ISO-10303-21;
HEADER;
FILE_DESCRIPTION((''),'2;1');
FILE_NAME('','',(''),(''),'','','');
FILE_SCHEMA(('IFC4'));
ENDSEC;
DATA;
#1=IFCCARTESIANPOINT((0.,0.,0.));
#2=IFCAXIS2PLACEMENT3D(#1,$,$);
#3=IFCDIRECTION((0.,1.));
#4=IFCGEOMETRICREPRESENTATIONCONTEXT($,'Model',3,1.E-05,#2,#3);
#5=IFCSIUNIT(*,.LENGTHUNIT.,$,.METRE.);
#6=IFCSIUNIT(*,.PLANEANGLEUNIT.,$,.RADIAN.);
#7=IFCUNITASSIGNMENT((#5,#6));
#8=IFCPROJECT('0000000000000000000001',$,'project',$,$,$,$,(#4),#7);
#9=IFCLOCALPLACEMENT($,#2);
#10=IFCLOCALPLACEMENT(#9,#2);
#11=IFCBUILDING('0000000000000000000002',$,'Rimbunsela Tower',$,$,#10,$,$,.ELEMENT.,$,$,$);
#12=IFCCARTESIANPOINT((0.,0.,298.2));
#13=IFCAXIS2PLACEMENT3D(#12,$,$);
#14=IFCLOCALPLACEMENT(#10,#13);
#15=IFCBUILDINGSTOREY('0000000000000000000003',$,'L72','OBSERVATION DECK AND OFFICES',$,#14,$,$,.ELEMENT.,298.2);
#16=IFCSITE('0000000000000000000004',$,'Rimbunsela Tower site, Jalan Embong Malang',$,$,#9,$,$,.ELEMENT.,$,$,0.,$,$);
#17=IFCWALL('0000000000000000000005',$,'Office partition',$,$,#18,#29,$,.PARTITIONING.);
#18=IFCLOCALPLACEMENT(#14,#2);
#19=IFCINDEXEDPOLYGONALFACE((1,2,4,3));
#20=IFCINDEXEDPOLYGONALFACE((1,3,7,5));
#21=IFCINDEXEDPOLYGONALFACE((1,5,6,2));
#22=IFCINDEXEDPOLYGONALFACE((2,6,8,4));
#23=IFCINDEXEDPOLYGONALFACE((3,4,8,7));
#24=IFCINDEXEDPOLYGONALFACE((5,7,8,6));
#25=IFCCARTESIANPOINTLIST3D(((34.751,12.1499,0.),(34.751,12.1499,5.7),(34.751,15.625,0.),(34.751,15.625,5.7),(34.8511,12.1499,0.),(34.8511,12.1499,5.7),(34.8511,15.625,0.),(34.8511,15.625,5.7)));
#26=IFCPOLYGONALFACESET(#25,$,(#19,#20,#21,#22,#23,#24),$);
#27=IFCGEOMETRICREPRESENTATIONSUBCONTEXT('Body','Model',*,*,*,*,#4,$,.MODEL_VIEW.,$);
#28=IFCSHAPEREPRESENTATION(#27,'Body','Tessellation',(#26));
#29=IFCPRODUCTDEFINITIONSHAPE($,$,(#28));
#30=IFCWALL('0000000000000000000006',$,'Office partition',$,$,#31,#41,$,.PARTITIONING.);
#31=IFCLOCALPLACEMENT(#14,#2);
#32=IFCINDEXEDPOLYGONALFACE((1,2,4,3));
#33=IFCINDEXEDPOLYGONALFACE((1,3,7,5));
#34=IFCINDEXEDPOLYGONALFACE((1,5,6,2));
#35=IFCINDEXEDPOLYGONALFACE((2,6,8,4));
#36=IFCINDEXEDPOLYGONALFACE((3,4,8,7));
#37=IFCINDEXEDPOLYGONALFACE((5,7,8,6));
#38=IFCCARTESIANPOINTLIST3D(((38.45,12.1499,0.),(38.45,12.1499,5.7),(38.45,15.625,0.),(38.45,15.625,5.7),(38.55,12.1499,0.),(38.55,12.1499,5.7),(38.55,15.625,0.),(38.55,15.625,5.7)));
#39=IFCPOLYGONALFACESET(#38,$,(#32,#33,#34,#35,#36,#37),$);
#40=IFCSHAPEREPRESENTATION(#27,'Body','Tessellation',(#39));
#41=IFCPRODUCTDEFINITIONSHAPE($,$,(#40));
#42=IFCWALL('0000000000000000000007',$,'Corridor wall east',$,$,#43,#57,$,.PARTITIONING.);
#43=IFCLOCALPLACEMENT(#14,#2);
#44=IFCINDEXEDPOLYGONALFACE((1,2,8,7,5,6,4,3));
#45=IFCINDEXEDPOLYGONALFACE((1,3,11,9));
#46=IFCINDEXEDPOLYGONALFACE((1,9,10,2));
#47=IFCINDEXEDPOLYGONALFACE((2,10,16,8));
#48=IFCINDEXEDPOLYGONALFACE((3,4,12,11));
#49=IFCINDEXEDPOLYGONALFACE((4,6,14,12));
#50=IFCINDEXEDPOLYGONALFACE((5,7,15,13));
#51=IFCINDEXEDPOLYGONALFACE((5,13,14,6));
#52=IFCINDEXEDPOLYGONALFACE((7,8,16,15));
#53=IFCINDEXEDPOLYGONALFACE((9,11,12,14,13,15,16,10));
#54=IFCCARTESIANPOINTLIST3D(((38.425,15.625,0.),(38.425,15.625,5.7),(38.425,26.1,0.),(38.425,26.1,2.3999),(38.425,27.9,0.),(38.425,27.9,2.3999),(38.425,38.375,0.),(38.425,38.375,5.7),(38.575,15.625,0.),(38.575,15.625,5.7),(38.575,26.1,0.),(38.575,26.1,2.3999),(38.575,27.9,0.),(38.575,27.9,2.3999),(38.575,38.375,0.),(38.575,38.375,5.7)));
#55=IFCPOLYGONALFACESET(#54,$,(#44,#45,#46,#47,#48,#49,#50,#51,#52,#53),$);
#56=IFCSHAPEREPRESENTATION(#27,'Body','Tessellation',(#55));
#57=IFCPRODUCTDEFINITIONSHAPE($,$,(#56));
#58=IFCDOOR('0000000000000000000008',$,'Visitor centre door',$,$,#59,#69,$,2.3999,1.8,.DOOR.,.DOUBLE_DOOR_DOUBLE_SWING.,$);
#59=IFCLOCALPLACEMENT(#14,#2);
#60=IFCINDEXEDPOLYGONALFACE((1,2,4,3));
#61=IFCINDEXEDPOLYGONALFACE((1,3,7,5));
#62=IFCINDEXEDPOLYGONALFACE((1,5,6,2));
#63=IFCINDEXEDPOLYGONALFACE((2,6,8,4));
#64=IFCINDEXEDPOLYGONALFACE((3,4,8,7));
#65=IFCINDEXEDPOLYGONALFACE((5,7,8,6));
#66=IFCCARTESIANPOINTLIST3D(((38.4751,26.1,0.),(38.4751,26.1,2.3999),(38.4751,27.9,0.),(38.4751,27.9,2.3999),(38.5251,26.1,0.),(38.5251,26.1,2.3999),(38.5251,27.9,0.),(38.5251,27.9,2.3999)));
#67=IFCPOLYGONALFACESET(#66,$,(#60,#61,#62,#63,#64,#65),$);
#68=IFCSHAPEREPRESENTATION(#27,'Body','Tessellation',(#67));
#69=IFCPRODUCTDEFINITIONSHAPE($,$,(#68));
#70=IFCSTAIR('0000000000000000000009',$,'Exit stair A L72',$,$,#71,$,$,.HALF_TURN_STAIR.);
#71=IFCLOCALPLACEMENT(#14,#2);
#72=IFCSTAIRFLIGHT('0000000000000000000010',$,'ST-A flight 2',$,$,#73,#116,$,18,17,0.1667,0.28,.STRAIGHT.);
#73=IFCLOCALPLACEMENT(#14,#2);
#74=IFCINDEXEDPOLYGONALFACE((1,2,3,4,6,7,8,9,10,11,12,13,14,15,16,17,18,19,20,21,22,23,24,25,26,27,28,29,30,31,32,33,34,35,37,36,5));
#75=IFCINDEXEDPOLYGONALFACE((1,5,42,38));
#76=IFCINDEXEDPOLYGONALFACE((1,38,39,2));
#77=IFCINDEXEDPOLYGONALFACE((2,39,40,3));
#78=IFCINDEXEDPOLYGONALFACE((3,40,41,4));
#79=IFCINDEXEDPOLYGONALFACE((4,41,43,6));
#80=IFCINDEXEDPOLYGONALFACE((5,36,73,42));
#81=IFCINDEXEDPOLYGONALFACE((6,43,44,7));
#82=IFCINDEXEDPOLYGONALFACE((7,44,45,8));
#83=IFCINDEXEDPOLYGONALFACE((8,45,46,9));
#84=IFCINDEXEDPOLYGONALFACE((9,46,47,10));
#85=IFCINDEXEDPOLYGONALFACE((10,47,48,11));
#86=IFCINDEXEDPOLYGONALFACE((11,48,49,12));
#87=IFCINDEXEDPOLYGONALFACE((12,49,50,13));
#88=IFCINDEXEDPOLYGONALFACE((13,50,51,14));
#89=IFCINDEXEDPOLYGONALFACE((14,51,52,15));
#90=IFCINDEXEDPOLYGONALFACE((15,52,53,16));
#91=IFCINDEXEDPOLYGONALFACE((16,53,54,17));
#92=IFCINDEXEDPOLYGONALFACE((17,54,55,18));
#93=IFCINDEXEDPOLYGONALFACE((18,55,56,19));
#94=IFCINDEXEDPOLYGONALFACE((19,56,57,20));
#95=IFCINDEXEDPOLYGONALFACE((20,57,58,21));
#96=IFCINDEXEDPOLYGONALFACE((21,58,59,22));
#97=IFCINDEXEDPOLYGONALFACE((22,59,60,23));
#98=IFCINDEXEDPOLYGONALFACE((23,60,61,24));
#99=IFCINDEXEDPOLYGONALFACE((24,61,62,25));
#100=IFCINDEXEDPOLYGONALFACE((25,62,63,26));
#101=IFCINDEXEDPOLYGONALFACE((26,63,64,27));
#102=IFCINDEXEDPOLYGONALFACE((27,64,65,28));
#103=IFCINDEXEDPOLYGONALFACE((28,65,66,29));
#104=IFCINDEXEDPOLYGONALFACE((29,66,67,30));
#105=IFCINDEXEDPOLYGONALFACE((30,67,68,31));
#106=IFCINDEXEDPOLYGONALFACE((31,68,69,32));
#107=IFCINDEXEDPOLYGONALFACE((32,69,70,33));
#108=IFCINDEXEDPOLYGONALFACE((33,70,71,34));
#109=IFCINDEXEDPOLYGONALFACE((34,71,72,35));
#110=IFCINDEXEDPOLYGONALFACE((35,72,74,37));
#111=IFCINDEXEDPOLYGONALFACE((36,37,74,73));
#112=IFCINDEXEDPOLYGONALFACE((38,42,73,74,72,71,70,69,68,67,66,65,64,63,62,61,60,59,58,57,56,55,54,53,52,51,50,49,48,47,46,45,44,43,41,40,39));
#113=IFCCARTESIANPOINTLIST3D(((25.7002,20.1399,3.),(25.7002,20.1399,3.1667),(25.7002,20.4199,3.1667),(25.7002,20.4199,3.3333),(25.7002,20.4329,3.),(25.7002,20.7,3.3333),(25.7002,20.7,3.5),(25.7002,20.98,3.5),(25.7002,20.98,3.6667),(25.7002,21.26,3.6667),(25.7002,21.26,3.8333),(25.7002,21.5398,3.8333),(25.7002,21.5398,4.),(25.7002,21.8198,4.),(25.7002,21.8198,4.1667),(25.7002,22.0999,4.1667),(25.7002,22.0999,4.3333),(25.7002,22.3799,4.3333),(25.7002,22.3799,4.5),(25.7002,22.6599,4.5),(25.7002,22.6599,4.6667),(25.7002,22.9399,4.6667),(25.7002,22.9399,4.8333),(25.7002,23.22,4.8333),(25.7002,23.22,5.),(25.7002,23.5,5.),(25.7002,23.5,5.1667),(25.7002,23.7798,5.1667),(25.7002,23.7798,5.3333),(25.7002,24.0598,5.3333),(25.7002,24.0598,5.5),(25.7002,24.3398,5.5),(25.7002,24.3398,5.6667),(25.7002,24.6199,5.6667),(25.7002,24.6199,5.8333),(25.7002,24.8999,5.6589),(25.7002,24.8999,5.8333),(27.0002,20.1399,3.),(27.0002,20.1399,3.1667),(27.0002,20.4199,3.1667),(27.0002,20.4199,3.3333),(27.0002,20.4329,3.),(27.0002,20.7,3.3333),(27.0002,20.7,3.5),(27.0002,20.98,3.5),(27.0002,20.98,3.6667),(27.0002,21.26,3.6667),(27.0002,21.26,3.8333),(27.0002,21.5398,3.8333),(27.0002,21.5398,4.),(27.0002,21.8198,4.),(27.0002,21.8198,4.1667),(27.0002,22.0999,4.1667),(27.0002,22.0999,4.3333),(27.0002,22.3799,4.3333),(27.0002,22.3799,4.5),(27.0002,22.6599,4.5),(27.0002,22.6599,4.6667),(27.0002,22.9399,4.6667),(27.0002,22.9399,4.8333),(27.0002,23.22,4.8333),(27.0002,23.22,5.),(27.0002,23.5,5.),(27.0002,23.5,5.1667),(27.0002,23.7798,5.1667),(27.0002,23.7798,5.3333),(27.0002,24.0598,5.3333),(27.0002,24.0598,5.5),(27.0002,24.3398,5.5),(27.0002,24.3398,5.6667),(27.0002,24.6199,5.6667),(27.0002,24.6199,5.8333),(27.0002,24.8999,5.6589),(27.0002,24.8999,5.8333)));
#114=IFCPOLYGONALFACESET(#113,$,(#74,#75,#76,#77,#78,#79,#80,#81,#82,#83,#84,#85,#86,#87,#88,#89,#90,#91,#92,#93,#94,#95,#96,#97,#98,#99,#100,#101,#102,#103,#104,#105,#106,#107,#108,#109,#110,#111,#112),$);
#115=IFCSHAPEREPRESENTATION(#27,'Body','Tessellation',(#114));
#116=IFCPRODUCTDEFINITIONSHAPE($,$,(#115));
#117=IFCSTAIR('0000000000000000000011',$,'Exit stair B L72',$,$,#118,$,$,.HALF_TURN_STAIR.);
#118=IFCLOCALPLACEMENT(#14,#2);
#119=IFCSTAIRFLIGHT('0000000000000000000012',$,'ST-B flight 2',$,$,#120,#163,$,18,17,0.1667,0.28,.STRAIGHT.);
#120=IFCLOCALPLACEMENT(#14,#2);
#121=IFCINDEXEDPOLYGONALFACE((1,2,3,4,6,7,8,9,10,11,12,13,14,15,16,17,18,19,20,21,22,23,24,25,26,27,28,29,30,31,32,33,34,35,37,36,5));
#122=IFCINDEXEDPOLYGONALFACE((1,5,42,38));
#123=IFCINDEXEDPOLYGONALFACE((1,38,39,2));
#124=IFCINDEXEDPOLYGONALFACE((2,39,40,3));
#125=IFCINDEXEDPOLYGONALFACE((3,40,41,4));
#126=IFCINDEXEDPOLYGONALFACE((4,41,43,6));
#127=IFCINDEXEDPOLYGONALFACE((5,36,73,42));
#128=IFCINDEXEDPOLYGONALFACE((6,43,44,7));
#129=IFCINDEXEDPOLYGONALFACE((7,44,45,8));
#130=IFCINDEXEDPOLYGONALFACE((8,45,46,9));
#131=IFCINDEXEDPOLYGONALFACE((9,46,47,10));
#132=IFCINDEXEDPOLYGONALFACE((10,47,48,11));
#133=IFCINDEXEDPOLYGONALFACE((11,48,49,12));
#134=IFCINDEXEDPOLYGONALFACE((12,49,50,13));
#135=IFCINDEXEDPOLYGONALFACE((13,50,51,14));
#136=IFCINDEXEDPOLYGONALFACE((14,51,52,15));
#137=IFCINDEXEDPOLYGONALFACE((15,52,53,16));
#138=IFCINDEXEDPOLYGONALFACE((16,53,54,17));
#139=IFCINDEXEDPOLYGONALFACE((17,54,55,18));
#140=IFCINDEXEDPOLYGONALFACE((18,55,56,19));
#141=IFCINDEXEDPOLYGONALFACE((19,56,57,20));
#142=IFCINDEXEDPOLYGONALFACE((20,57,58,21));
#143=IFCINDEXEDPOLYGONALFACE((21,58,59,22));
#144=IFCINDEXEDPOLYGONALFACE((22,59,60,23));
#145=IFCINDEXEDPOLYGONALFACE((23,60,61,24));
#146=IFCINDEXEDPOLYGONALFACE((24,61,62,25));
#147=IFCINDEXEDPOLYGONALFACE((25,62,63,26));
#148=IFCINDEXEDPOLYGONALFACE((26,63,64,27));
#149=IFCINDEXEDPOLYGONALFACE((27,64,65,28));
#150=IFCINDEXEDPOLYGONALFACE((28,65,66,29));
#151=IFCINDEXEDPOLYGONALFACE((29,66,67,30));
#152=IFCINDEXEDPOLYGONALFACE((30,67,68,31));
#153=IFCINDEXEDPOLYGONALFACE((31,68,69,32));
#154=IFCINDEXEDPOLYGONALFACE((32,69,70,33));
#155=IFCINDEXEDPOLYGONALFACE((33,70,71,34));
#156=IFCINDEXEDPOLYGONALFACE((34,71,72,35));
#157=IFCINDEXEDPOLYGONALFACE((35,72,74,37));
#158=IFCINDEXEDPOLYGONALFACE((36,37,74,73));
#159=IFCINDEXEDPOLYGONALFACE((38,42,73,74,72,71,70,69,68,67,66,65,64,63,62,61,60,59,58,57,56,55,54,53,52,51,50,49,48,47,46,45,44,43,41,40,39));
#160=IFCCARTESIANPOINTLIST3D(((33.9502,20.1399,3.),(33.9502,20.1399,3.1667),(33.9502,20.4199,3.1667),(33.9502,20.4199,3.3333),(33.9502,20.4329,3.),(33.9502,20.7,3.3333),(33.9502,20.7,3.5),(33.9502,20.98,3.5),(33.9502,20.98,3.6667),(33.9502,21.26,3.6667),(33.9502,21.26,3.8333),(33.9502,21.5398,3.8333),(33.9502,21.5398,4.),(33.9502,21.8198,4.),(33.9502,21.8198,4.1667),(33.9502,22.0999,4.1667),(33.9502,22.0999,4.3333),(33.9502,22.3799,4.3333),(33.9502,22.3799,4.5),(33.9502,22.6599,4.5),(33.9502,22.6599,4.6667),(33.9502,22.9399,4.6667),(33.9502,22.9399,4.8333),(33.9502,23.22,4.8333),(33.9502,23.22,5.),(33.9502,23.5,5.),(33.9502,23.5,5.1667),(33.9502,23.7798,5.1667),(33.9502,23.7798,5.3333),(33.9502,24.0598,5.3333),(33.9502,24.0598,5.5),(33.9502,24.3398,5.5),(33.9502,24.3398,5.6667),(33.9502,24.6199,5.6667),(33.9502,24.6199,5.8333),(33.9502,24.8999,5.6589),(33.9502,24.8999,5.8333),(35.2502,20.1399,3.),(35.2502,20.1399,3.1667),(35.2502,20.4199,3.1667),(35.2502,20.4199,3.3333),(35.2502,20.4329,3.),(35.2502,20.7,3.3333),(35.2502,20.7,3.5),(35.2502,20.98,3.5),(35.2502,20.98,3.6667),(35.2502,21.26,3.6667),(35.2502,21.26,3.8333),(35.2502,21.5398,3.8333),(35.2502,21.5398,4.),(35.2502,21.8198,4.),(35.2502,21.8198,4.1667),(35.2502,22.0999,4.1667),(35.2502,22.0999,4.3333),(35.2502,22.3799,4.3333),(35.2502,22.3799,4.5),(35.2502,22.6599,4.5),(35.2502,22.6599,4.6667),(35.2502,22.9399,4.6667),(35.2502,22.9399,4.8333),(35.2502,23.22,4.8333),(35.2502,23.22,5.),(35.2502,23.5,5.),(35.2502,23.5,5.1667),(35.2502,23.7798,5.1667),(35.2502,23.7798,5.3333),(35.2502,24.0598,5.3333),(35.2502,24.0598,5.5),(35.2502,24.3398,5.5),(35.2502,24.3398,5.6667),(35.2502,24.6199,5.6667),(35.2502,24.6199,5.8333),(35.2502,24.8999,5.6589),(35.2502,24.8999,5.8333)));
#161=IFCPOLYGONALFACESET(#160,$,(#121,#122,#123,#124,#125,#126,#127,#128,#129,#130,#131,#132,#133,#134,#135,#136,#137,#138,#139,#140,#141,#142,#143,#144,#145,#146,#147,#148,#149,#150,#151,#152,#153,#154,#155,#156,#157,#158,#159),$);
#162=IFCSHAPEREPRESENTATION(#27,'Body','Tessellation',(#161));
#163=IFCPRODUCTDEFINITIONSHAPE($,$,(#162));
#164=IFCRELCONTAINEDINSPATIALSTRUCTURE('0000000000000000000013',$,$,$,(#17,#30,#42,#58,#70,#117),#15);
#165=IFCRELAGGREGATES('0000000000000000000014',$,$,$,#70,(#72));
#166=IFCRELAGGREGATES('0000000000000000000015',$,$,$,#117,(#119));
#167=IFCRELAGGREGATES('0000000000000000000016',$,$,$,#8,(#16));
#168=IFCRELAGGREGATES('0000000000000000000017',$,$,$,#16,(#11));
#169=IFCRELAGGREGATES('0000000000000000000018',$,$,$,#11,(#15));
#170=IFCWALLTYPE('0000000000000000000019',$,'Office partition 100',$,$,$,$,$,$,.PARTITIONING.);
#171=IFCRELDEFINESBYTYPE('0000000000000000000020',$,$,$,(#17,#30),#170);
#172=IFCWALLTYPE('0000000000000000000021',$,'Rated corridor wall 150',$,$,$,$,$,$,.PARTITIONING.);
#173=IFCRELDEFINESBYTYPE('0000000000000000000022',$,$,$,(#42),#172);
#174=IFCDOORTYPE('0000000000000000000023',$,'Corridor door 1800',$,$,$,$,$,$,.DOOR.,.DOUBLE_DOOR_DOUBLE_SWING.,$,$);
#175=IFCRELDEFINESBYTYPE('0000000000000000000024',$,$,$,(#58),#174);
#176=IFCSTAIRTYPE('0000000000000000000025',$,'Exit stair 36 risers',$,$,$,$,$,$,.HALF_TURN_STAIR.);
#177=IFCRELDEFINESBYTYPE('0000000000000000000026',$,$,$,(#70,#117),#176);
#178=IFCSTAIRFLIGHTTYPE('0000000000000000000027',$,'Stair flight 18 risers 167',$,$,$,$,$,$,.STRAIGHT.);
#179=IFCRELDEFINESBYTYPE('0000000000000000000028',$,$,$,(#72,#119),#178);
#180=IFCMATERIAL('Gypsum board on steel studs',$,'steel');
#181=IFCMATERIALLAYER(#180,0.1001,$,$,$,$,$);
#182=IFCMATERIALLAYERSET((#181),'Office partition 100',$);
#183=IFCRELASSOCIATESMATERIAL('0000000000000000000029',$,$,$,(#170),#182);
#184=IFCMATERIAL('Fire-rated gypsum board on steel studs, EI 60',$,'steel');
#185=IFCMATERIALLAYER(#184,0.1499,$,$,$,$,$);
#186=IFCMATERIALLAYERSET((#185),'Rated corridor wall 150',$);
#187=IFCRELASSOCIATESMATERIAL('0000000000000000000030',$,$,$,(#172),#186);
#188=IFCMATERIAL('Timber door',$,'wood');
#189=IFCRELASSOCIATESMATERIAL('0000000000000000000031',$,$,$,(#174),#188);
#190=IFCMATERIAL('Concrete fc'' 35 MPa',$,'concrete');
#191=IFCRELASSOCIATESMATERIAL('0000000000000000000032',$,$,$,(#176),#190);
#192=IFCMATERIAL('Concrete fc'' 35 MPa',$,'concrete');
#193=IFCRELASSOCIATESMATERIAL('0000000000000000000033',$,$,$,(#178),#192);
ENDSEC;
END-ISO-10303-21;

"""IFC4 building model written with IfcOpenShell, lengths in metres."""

from ifc_helpers import new_model, si_unit, direction, frame, frame_2d, origin, place, context, subcontext, project, spatial, polyline, rectangle, outline, extrude, material, layer, layer_set, type_object, element, fill, aggregate, save


model = new_model("IFC4")

# Units and contexts
model_context = context("Model", 3, precision=1e-05, world=origin(), true_north=direction((0.0, 1.0)))
body_context = subcontext(model_context, "Body", "Model", "MODEL_VIEW")
ifc_project = project(units=[si_unit("LENGTHUNIT", "METRE"), si_unit("PLANEANGLEUNIT", "RADIAN")], contexts=[model_context])

# Site, building, storey
site_placement = place(None, origin())
site = spatial("IfcSite", under=ifc_project, at=site_placement, Name="Rimbunsela Tower site, Jalan Embong Malang", CompositionType="ELEMENT", RefElevation=0.0)
building_placement = place(site_placement, origin())
building = spatial("IfcBuilding", under=site, at=building_placement, Name="Rimbunsela Tower", CompositionType="ELEMENT")
storey_placement = place(building_placement, frame((0.0, 0.0, 298.2)))
storey = spatial("IfcBuildingStorey", under=building, at=storey_placement, Name="L72", Description="OBSERVATION DECK AND OFFICES", CompositionType="ELEMENT", Elevation=298.2)

# Walls
ifc_material_1 = material(Name="Gypsum board on steel studs", Category="steel")
ifc_layer_1 = layer(ifc_material_1, 0.1001)
ifc_layer_set_1 = layer_set([ifc_layer_1], Name="Office partition 100")
wall_type_1 = type_object("IfcWallType", Name="Office partition 100", PredefinedType="PARTITIONING", material=ifc_layer_set_1)
for number, where, z_axis, x_axis, name in (
    (1, (34.801, 12.1499, 0.0), (0.0, 0.0, 1.0), (0.0, 1.0, 0.0), "Office partition"),
    (2, (38.5, 12.1499, 0.0), (0.0, 0.0, 1.0), (0.0, 1.0, 0.0), "Office partition"),
):
    element("IfcWall", number, at=place(storey_placement, frame(where, z_axis=z_axis, x_axis=x_axis)), inside=storey, type_object=wall_type_1, Name=name, PredefinedType="PARTITIONING", context=body_context, shape_type="SweptSolid", body=[
        extrude(rectangle(XDim=3.4751, YDim=0.1001, at=frame_2d((1.7375, 0.0))), origin(), (0.0, 0.0, 1.0), 5.7),
    ])

# Wall, opening, door
ifc_material_2 = material(Name="Fire-rated gypsum board on steel studs, EI 60", Category="steel")
ifc_layer_2 = layer(ifc_material_2, 0.1499)
ifc_layer_set_2 = layer_set([ifc_layer_2], Name="Rated corridor wall 150")
wall_type_2 = type_object("IfcWallType", Name="Rated corridor wall 150", PredefinedType="PARTITIONING", material=ifc_layer_set_2)
wall_1_placement = place(storey_placement, frame((38.5, 15.625, 0.0), z_axis=(0.0, 0.0, 1.0), x_axis=(0.0, 1.0, 0.0)))
wall_1 = element("IfcWall", 3, at=wall_1_placement, inside=storey, type_object=wall_type_2, Name="Corridor wall east", PredefinedType="PARTITIONING", context=body_context, shape_type="SweptSolid", body=[
    extrude(rectangle(XDim=22.75, YDim=0.1499, at=frame_2d((11.375, 0.0))), origin(), (0.0, 0.0, 1.0), 5.7),
])
opening_1_placement = place(wall_1_placement, frame((10.4751, 0.0, 0.0)))
opening_1 = element("IfcOpeningElement", 4, at=opening_1_placement, cuts=wall_1, PredefinedType="OPENING", context=body_context, shape_type="SweptSolid", body=[
    extrude(rectangle(XDim=1.8, YDim=2.3999, at=frame_2d((0.8999, 1.2))), frame((0.0, 0.085, 0.0), z_axis=(0.0, -1.0, 0.0), x_axis=(1.0, 0.0, 0.0)), (0.0, 0.0, 1.0), 0.1699),
])
ifc_material_3 = material(Name="Timber door", Category="wood")
door_type_1 = type_object("IfcDoorType", Name="Corridor door 1800", OperationType="DOUBLE_DOOR_DOUBLE_SWING", PredefinedType="DOOR", material=ifc_material_3)
door_1_placement = place(opening_1_placement, origin())
door_1 = element("IfcDoor", 5, at=door_1_placement, inside=storey, type_object=door_type_1, Name="Visitor centre door", OperationType="DOUBLE_DOOR_DOUBLE_SWING", OverallHeight=2.3999, OverallWidth=1.8, PredefinedType="DOOR", context=body_context, shape_type="SweptSolid", body=[
    extrude(rectangle(XDim=1.8, YDim=2.3999, at=frame_2d((0.8999, 1.2))), frame((0.0, 0.0249, 0.0), z_axis=(0.0, -1.0, 0.0), x_axis=(1.0, 0.0, 0.0)), (0.0, 0.0, 1.0), 0.05),
])
fill(opening_1, door_1)

# Stairs, stair flights
ifc_material_4 = material(Name="Concrete fc' 35 MPa", Category="concrete")
stair_type = type_object("IfcStairType", Name="Exit stair 36 risers", PredefinedType="HALF_TURN_STAIR", material=ifc_material_4)
stair_1_placement = place(storey_placement, origin())
stair_1 = element("IfcStair", 6, at=stair_1_placement, inside=storey, type_object=stair_type, Name="Exit stair A L72", PredefinedType="HALF_TURN_STAIR")
ifc_material_5 = material(Name="Concrete fc' 35 MPa", Category="concrete")
stair_flight_type = type_object("IfcStairFlightType", Name="Stair flight 18 risers 167", PredefinedType="STRAIGHT", material=ifc_material_5)
stair_flight_1_placement = place(storey_placement, frame((26.3501, 20.1399, 3.0), z_axis=(0.0, 0.0, 1.0), x_axis=(0.0, 1.0, 0.0)))
stair_flight_1 = element("IfcStairFlight", 7, at=stair_flight_1_placement, type_object=stair_flight_type, Name="ST-A flight 2", NumberOfRisers=18, NumberOfTreads=17, PredefinedType="STRAIGHT", RiserHeight=0.1667, TreadLength=0.28, context=body_context, shape_type="SweptSolid", body=[
    extrude(outline(polyline([(0.0, 0.0), (0.0, 0.1667), (0.28, 0.1667), (0.28, 0.3333), (0.5601, 0.3333), (0.5601, 0.5), (0.8401, 0.5), (0.8401, 0.6667), (1.1201, 0.6667), (1.1201, 0.8333), (1.3999, 0.8333), (1.3999, 1.0), (1.6799, 1.0), (1.6799, 1.1667), (1.96, 1.1667), (1.96, 1.3333), (2.24, 1.3333), (2.24, 1.5), (2.52, 1.5), (2.52, 1.6667), (2.8, 1.6667), (2.8, 1.8333), (3.0801, 1.8333), (3.0801, 2.0), (3.3601, 2.0), (3.3601, 2.1667), (3.6399, 2.1667), (3.6399, 2.3333), (3.9199, 2.3333), (3.9199, 2.5), (4.2, 2.5), (4.2, 2.6667), (4.48, 2.6667), (4.48, 2.8333), (4.76, 2.8333), (4.76, 3.0), (4.76, 2.6589), (0.293, 0.0), (0.0, 0.0)])), frame((0.0, 0.6499, 0.0), z_axis=(0.0, -1.0, 0.0), x_axis=(1.0, 0.0, 0.0)), (0.0, 0.0, 1.0), 1.3),
])
aggregate(stair_1, [stair_flight_1])
stair_2_placement = place(storey_placement, origin())
stair_2 = element("IfcStair", 8, at=stair_2_placement, inside=storey, type_object=stair_type, Name="Exit stair B L72", PredefinedType="HALF_TURN_STAIR")
stair_flight_2_placement = place(storey_placement, frame((34.6001, 20.1399, 3.0), z_axis=(0.0, 0.0, 1.0), x_axis=(0.0, 1.0, 0.0)))
stair_flight_2 = element("IfcStairFlight", 9, at=stair_flight_2_placement, type_object=stair_flight_type, Name="ST-B flight 2", NumberOfRisers=18, NumberOfTreads=17, PredefinedType="STRAIGHT", RiserHeight=0.1667, TreadLength=0.28, context=body_context, shape_type="SweptSolid", body=[
    extrude(outline(polyline([(0.0, 0.0), (0.0, 0.1667), (0.28, 0.1667), (0.28, 0.3333), (0.5601, 0.3333), (0.5601, 0.5), (0.8401, 0.5), (0.8401, 0.6667), (1.1201, 0.6667), (1.1201, 0.8333), (1.3999, 0.8333), (1.3999, 1.0), (1.6799, 1.0), (1.6799, 1.1667), (1.96, 1.1667), (1.96, 1.3333), (2.24, 1.3333), (2.24, 1.5), (2.52, 1.5), (2.52, 1.6667), (2.8, 1.6667), (2.8, 1.8333), (3.0801, 1.8333), (3.0801, 2.0), (3.3601, 2.0), (3.3601, 2.1667), (3.6399, 2.1667), (3.6399, 2.3333), (3.9199, 2.3333), (3.9199, 2.5), (4.2, 2.5), (4.2, 2.6667), (4.48, 2.6667), (4.48, 2.8333), (4.76, 2.8333), (4.76, 3.0), (4.76, 2.6589), (0.293, 0.0), (0.0, 0.0)])), frame((0.0, 0.6499, 0.0), z_axis=(0.0, -1.0, 0.0), x_axis=(1.0, 0.0, 0.0)), (0.0, 0.0, 1.0), 1.3),
])
aggregate(stair_2, [stair_flight_2])

save(model, "model.ifc")
